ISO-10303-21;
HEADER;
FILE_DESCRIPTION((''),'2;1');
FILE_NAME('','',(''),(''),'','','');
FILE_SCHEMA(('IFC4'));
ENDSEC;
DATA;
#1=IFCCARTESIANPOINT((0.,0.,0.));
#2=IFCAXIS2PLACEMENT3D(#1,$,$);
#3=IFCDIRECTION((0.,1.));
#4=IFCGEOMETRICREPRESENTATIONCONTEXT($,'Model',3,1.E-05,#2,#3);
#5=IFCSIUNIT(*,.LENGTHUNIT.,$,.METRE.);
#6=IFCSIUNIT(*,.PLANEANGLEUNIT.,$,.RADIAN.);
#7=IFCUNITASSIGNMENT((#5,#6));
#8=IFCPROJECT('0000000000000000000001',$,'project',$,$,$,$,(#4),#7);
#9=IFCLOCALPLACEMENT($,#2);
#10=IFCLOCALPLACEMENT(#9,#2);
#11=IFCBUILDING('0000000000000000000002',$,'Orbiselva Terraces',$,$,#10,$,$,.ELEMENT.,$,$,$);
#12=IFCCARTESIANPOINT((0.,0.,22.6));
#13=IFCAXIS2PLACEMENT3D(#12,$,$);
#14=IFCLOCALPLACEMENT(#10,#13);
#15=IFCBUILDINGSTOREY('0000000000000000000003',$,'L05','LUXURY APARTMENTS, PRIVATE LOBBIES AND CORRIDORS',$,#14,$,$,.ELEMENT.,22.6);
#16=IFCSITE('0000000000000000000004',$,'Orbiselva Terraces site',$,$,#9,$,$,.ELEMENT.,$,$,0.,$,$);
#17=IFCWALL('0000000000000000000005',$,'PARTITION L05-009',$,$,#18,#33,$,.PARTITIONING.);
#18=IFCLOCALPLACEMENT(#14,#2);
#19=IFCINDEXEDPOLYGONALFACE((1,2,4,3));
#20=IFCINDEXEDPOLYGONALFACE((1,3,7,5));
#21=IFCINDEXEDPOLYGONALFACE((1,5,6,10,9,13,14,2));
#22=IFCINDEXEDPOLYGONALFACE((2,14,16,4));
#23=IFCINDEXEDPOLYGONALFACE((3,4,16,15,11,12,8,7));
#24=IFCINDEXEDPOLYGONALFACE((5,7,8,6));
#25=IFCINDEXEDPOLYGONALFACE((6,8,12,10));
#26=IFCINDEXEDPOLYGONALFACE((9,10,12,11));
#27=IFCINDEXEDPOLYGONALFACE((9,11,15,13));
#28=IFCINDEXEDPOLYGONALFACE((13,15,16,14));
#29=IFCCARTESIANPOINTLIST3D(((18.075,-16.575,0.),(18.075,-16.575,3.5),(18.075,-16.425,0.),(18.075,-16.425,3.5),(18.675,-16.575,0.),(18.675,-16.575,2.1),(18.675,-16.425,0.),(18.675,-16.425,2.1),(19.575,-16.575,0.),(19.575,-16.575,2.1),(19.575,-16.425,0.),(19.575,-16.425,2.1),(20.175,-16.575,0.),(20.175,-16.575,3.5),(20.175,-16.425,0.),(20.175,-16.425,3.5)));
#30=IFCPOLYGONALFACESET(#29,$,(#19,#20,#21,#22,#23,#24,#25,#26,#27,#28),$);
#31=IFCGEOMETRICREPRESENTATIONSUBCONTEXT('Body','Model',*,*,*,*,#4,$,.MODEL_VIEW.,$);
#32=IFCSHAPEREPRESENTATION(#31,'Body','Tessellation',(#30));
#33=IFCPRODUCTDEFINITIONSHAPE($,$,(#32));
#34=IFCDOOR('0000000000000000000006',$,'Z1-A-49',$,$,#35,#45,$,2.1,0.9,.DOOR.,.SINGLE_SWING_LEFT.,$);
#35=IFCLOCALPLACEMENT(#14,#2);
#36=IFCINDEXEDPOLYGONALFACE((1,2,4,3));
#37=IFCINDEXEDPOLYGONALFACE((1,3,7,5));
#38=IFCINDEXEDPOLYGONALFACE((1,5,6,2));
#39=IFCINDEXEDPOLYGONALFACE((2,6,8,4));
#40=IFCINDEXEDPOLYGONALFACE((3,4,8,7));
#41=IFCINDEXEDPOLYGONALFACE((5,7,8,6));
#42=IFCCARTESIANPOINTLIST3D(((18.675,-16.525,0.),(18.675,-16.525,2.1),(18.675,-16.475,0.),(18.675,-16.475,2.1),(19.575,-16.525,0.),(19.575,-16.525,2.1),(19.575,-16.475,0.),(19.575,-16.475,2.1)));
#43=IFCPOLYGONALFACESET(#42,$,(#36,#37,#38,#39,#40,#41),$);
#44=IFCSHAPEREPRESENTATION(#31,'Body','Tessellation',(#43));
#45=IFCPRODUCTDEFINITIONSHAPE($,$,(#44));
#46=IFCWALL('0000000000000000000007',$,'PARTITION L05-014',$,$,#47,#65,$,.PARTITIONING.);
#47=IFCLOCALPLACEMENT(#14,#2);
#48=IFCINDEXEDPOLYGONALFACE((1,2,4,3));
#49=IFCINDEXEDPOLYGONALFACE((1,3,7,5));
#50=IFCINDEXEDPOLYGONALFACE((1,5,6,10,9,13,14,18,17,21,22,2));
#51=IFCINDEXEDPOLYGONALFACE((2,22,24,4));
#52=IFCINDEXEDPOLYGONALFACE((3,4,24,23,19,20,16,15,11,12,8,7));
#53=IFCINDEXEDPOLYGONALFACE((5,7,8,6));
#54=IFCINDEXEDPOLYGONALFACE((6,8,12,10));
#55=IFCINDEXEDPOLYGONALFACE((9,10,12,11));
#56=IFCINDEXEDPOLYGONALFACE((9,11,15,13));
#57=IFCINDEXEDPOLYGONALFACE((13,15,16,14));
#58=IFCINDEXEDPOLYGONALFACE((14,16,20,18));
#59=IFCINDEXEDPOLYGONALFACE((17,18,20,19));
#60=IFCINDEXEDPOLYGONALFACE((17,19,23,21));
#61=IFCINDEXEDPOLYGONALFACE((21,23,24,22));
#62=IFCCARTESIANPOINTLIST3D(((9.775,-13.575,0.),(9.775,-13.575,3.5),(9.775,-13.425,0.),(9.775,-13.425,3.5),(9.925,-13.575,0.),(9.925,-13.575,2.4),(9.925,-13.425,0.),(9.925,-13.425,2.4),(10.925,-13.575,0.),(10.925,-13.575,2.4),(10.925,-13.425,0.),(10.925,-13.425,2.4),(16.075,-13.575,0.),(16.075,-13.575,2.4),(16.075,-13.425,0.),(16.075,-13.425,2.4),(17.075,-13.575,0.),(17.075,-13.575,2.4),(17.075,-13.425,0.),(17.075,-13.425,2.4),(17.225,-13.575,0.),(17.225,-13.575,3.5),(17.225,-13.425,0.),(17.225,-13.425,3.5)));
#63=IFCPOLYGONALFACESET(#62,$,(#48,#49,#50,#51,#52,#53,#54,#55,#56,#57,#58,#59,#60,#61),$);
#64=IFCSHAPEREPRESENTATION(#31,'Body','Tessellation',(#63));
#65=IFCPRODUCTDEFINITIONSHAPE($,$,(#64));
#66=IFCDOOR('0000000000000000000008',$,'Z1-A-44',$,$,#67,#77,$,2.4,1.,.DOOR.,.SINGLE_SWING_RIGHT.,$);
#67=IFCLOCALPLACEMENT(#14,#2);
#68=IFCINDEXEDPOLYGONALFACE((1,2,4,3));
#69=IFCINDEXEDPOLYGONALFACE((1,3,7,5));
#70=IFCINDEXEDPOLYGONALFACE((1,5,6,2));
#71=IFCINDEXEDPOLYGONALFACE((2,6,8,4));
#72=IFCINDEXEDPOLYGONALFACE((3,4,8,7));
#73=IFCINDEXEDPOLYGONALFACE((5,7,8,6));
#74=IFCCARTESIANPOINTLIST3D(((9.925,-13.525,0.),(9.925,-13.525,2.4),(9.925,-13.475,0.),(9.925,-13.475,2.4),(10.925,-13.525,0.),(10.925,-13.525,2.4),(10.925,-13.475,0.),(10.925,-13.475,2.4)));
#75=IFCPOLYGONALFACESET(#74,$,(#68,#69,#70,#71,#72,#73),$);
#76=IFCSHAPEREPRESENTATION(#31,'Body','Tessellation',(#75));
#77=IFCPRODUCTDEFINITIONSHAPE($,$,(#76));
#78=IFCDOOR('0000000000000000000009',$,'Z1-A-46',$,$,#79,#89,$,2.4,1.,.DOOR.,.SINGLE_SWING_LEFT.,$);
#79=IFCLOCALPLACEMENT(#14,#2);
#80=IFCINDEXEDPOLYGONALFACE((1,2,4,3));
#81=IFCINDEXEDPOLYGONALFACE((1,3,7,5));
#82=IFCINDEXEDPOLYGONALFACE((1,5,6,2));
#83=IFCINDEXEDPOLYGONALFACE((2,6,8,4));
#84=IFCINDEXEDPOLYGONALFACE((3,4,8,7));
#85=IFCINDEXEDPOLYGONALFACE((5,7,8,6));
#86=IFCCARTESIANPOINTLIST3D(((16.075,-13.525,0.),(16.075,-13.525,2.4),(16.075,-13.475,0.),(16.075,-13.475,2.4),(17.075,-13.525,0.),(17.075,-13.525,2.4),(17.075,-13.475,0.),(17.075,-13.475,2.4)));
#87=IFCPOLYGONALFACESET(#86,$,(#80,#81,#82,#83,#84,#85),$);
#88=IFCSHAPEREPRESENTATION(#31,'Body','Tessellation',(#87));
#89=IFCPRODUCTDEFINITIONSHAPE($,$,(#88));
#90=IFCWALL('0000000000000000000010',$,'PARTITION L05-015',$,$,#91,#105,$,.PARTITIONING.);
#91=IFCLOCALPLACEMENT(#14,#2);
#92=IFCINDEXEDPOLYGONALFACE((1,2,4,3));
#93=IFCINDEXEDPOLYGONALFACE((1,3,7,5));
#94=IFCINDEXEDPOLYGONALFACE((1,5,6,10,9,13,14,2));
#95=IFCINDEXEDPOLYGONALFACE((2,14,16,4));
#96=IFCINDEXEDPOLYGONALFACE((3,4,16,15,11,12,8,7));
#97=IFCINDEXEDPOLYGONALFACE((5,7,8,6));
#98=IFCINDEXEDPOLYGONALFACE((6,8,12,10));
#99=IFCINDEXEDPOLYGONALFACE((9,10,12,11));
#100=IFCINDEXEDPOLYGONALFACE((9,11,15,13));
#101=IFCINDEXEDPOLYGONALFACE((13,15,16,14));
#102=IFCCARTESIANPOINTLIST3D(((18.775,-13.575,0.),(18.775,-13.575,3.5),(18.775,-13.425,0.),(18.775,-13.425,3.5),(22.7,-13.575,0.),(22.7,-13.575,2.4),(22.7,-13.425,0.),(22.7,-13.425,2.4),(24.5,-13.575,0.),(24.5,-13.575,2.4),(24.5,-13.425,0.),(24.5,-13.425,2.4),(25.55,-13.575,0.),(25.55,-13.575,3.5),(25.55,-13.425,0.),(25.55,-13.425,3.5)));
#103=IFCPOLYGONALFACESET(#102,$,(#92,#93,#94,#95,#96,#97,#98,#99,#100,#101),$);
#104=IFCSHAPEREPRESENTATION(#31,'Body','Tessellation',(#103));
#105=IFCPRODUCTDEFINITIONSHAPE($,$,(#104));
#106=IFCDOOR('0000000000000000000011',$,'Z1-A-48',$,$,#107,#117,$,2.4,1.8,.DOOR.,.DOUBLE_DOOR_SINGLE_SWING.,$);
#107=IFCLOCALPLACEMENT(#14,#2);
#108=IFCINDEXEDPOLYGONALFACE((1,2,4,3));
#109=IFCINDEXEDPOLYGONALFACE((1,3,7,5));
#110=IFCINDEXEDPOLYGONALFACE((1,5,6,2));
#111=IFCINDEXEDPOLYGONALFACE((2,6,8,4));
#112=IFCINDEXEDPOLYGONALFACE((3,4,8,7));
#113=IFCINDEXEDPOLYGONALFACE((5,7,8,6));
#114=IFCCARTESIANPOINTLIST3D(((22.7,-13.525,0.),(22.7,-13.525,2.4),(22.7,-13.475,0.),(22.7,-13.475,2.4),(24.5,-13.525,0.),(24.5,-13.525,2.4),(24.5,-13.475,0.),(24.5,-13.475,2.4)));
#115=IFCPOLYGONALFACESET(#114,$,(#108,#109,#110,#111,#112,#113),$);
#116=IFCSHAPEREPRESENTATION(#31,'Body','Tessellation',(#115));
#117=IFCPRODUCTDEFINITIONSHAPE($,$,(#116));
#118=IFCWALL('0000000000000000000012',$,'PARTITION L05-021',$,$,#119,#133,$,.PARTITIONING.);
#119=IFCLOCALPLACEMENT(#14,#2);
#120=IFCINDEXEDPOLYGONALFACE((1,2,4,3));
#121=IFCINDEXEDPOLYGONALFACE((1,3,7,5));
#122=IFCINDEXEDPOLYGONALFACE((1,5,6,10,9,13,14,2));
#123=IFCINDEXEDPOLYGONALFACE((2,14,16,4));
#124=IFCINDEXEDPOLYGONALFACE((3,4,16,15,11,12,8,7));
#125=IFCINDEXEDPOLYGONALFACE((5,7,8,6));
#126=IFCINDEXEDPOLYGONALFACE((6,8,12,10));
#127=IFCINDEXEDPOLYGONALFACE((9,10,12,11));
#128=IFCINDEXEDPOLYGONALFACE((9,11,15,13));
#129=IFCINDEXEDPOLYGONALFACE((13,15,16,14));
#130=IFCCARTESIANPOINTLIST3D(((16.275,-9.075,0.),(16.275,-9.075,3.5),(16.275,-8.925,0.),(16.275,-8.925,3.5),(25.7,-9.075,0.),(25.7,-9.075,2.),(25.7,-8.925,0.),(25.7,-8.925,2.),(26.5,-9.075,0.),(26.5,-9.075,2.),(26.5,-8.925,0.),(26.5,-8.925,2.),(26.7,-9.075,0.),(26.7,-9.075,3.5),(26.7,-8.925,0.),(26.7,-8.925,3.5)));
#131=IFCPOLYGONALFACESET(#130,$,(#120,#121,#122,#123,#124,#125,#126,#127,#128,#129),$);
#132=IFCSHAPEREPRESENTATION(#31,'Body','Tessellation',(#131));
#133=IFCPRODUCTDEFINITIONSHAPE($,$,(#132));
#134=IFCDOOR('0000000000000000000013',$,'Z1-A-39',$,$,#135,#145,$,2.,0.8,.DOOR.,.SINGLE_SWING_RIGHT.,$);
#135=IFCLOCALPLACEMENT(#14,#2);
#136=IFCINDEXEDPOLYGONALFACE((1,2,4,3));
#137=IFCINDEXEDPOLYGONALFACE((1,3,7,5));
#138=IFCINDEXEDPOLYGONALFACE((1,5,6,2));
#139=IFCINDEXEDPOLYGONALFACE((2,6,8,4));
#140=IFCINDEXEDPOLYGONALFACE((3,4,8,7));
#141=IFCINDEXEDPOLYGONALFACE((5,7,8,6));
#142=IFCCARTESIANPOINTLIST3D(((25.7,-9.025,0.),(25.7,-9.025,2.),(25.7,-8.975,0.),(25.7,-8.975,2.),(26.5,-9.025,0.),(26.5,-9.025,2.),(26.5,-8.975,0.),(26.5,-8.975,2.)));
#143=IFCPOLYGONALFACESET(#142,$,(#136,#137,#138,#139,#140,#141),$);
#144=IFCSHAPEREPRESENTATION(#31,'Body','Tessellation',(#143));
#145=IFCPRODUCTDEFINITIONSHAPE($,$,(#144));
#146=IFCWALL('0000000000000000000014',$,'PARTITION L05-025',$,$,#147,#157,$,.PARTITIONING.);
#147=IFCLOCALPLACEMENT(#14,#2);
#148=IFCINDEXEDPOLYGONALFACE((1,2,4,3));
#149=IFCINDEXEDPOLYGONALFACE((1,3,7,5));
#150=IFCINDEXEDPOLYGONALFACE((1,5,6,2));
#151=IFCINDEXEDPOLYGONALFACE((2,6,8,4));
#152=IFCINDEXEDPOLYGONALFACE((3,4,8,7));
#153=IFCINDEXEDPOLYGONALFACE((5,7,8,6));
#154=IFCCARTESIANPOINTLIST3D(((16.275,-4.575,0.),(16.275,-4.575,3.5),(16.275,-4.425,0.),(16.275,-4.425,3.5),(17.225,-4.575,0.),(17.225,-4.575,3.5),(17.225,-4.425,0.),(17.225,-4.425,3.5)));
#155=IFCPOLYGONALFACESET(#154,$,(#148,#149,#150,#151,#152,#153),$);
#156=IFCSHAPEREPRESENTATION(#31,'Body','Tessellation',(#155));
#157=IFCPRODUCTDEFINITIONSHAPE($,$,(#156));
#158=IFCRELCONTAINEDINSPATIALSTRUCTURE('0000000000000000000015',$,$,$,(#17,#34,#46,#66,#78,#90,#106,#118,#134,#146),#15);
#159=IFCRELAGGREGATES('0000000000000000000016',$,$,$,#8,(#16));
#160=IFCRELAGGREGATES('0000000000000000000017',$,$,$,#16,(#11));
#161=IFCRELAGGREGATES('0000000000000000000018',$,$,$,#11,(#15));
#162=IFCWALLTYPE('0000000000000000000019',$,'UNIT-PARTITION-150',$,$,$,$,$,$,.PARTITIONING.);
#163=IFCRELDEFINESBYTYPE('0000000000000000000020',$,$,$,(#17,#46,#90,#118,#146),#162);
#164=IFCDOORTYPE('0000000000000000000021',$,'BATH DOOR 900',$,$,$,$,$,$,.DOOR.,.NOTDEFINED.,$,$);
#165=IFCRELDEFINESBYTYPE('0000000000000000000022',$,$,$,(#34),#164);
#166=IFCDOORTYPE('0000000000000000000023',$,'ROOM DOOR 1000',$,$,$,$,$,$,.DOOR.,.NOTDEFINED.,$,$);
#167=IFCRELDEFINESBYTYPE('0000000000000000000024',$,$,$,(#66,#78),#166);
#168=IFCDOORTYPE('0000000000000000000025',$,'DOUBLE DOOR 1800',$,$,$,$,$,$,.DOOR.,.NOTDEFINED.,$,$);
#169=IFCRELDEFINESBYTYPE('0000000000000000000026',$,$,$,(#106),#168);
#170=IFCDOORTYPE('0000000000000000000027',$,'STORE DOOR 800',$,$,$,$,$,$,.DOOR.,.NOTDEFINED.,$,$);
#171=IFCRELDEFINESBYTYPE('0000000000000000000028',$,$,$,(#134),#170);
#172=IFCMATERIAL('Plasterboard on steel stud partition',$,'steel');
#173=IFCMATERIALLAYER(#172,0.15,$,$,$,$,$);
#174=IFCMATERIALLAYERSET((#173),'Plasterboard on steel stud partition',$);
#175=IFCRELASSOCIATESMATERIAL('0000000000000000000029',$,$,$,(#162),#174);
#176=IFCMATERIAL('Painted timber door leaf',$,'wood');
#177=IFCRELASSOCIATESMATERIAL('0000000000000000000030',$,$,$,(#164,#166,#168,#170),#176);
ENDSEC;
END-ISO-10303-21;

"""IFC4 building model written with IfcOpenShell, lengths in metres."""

from ifc_helpers import new_model, si_unit, direction, frame, frame_2d, origin, place, context, subcontext, project, spatial, rectangle, extrude, material, layer, layer_set, type_object, element, fill, save


model = new_model("IFC4")

# Units and contexts
model_context = context("Model", 3, precision=1e-05, world=origin(), true_north=direction((0.0, 1.0)))
body_context = subcontext(model_context, "Body", "Model", "MODEL_VIEW")
ifc_project = project(units=[si_unit("LENGTHUNIT", "METRE"), si_unit("PLANEANGLEUNIT", "RADIAN")], contexts=[model_context])

# Site, building, storey
site_placement = place(None, origin())
site = spatial("IfcSite", under=ifc_project, at=site_placement, Name="Orbiselva Terraces site", CompositionType="ELEMENT", RefElevation=0.0)
building_placement = place(site_placement, origin())
building = spatial("IfcBuilding", under=site, at=building_placement, Name="Orbiselva Terraces", CompositionType="ELEMENT")
storey_placement = place(building_placement, frame((0.0, 0.0, 22.6)))
storey = spatial("IfcBuildingStorey", under=building, at=storey_placement, Name="L05", Description="LUXURY APARTMENTS, PRIVATE LOBBIES AND CORRIDORS", CompositionType="ELEMENT", Elevation=22.6)

# Shared definitions
ifc_material_1 = material(Name="Plasterboard on steel stud partition", Category="steel")

# Wall, opening, door
ifc_layer_1 = layer(ifc_material_1, 0.15)
ifc_layer_set_1 = layer_set([ifc_layer_1], Name="Plasterboard on steel stud partition")
wall_type_1 = type_object("IfcWallType", Name="UNIT-PARTITION-150", PredefinedType="PARTITIONING", material=ifc_layer_set_1)
wall_1_placement = place(storey_placement, frame((18.075, -16.5, 0.0), z_axis=(0.0, 0.0, 1.0), x_axis=(1.0, 0.0, 0.0)))
wall_1 = element("IfcWall", 1, at=wall_1_placement, inside=storey, type_object=wall_type_1, Name="PARTITION L05-009", PredefinedType="PARTITIONING", context=body_context, shape_type="SweptSolid", body=[
    extrude(rectangle(XDim=2.1, YDim=0.15, at=frame_2d((1.05, 0.0))), origin(), (0.0, 0.0, 1.0), 3.5),
])
opening_1_placement = place(wall_1_placement, frame((0.6, 0.0, 0.0)))
opening_1 = element("IfcOpeningElement", 2, at=opening_1_placement, cuts=wall_1, PredefinedType="OPENING", context=body_context, shape_type="SweptSolid", body=[
    extrude(rectangle(XDim=0.9, YDim=2.1, at=frame_2d((0.45, 1.05))), frame((0.0, 0.085, 0.0), z_axis=(0.0, -1.0, 0.0), x_axis=(1.0, 0.0, 0.0)), (0.0, 0.0, 1.0), 0.17),
])
ifc_material_2 = material(Name="Painted timber door leaf", Category="wood")
door_type_1 = type_object("IfcDoorType", Name="BATH DOOR 900", OperationType="NOTDEFINED", PredefinedType="DOOR", material=ifc_material_2)
door_1_placement = place(opening_1_placement, origin())
door_1 = element("IfcDoor", 3, at=door_1_placement, inside=storey, type_object=door_type_1, Name="Z1-A-49", OperationType="SINGLE_SWING_LEFT", OverallHeight=2.1, OverallWidth=0.9, PredefinedType="DOOR", context=body_context, shape_type="SweptSolid", body=[
    extrude(rectangle(XDim=0.9, YDim=2.1, at=frame_2d((0.45, 1.05))), frame((0.0, 0.025, 0.0), z_axis=(0.0, -1.0, 0.0), x_axis=(1.0, 0.0, 0.0)), (0.0, 0.0, 1.0), 0.05),
])
fill(opening_1, door_1)

# Wall, openings, doors
wall_2_placement = place(storey_placement, frame((17.225, -13.5, 0.0), z_axis=(0.0, 0.0, 1.0), x_axis=(-1.0, 0.0, 0.0)))
wall_2 = element("IfcWall", 4, at=wall_2_placement, inside=storey, type_object=wall_type_1, Name="PARTITION L05-014", PredefinedType="PARTITIONING", context=body_context, shape_type="SweptSolid", body=[
    extrude(rectangle(XDim=7.45, YDim=0.15, at=frame_2d((3.725, 0.0))), origin(), (0.0, 0.0, 1.0), 3.5),
])
opening_2_placement = place(wall_2_placement, frame((6.3, 0.0, 0.0)))
opening_2 = element("IfcOpeningElement", 5, at=opening_2_placement, cuts=wall_2, PredefinedType="OPENING", context=body_context, shape_type="SweptSolid", body=[
    extrude(rectangle(XDim=1.0, YDim=2.4, at=frame_2d((0.5, 1.2))), frame((0.0, 0.085, 0.0), z_axis=(0.0, -1.0, 0.0), x_axis=(1.0, 0.0, 0.0)), (0.0, 0.0, 1.0), 0.17),
])
opening_3_placement = place(wall_2_placement, frame((0.15, 0.0, 0.0)))
opening_3 = element("IfcOpeningElement", 6, at=opening_3_placement, cuts=wall_2, PredefinedType="OPENING", context=body_context, shape_type="SweptSolid", body=[
    extrude(rectangle(XDim=1.0, YDim=2.4, at=frame_2d((0.5, 1.2))), frame((0.0, 0.085, 0.0), z_axis=(0.0, -1.0, 0.0), x_axis=(1.0, 0.0, 0.0)), (0.0, 0.0, 1.0), 0.17),
])
door_type_2 = type_object("IfcDoorType", Name="ROOM DOOR 1000", OperationType="NOTDEFINED", PredefinedType="DOOR", material=ifc_material_2)
door_2_placement = place(opening_2_placement, origin())
door_2 = element("IfcDoor", 7, at=door_2_placement, inside=storey, type_object=door_type_2, Name="Z1-A-44", OperationType="SINGLE_SWING_RIGHT", OverallHeight=2.4, OverallWidth=1.0, PredefinedType="DOOR", context=body_context, shape_type="SweptSolid", body=[
    extrude(rectangle(XDim=1.0, YDim=2.4, at=frame_2d((0.5, 1.2))), frame((0.0, 0.025, 0.0), z_axis=(0.0, -1.0, 0.0), x_axis=(1.0, 0.0, 0.0)), (0.0, 0.0, 1.0), 0.05),
])
fill(opening_2, door_2)
door_3_placement = place(opening_3_placement, origin())
door_3 = element("IfcDoor", 8, at=door_3_placement, inside=storey, type_object=door_type_2, Name="Z1-A-46", OperationType="SINGLE_SWING_LEFT", OverallHeight=2.4, OverallWidth=1.0, PredefinedType="DOOR", context=body_context, shape_type="SweptSolid", body=[
    extrude(rectangle(XDim=1.0, YDim=2.4, at=frame_2d((0.5, 1.2))), frame((0.0, 0.025, 0.0), z_axis=(0.0, -1.0, 0.0), x_axis=(1.0, 0.0, 0.0)), (0.0, 0.0, 1.0), 0.05),
])
fill(opening_3, door_3)

# Walls, openings, doors
wall_3_placement = place(storey_placement, frame((25.55, -13.5, 0.0), z_axis=(0.0, 0.0, 1.0), x_axis=(-1.0, 0.0, 0.0)))
wall_3 = element("IfcWall", 9, at=wall_3_placement, inside=storey, type_object=wall_type_1, Name="PARTITION L05-015", PredefinedType="PARTITIONING", context=body_context, shape_type="SweptSolid", body=[
    extrude(rectangle(XDim=6.775, YDim=0.15, at=frame_2d((3.3875, 0.0))), origin(), (0.0, 0.0, 1.0), 3.5),
])
opening_4_placement = place(wall_3_placement, frame((1.05, 0.0, 0.0)))
opening_4 = element("IfcOpeningElement", 10, at=opening_4_placement, cuts=wall_3, PredefinedType="OPENING", context=body_context, shape_type="SweptSolid", body=[
    extrude(rectangle(XDim=1.8, YDim=2.4, at=frame_2d((0.9, 1.2))), frame((0.0, 0.085, 0.0), z_axis=(0.0, -1.0, 0.0), x_axis=(1.0, 0.0, 0.0)), (0.0, 0.0, 1.0), 0.17),
])
door_type_3 = type_object("IfcDoorType", Name="DOUBLE DOOR 1800", OperationType="NOTDEFINED", PredefinedType="DOOR", material=ifc_material_2)
door_4_placement = place(opening_4_placement, origin())
door_4 = element("IfcDoor", 11, at=door_4_placement, inside=storey, type_object=door_type_3, Name="Z1-A-48", OperationType="DOUBLE_DOOR_SINGLE_SWING", OverallHeight=2.4, OverallWidth=1.8, PredefinedType="DOOR", context=body_context, shape_type="SweptSolid", body=[
    extrude(rectangle(XDim=1.8, YDim=2.4, at=frame_2d((0.9, 1.2))), frame((0.0, 0.025, 0.0), z_axis=(0.0, -1.0, 0.0), x_axis=(1.0, 0.0, 0.0)), (0.0, 0.0, 1.0), 0.05),
])
fill(opening_4, door_4)
wall_4_placement = place(storey_placement, frame((16.275, -9.0, 0.0), z_axis=(0.0, 0.0, 1.0), x_axis=(1.0, 0.0, 0.0)))
wall_4 = element("IfcWall", 12, at=wall_4_placement, inside=storey, type_object=wall_type_1, Name="PARTITION L05-021", PredefinedType="PARTITIONING", context=body_context, shape_type="SweptSolid", body=[
    extrude(rectangle(XDim=10.425, YDim=0.15, at=frame_2d((5.2125, 0.0))), origin(), (0.0, 0.0, 1.0), 3.5),
])
opening_5_placement = place(wall_4_placement, frame((9.425, 0.0, 0.0)))
opening_5 = element("IfcOpeningElement", 13, at=opening_5_placement, cuts=wall_4, PredefinedType="OPENING", context=body_context, shape_type="SweptSolid", body=[
    extrude(rectangle(XDim=0.8, YDim=2.0, at=frame_2d((0.4, 1.0))), frame((0.0, 0.085, 0.0), z_axis=(0.0, -1.0, 0.0), x_axis=(1.0, 0.0, 0.0)), (0.0, 0.0, 1.0), 0.17),
])
door_type_4 = type_object("IfcDoorType", Name="STORE DOOR 800", OperationType="NOTDEFINED", PredefinedType="DOOR", material=ifc_material_2)
door_5_placement = place(opening_5_placement, origin())
door_5 = element("IfcDoor", 14, at=door_5_placement, inside=storey, type_object=door_type_4, Name="Z1-A-39", OperationType="SINGLE_SWING_RIGHT", OverallHeight=2.0, OverallWidth=0.8, PredefinedType="DOOR", context=body_context, shape_type="SweptSolid", body=[
    extrude(rectangle(XDim=0.8, YDim=2.0, at=frame_2d((0.4, 1.0))), frame((0.0, 0.025, 0.0), z_axis=(0.0, -1.0, 0.0), x_axis=(1.0, 0.0, 0.0)), (0.0, 0.0, 1.0), 0.05),
])
fill(opening_5, door_5)

# Wall
wall_5_placement = place(storey_placement, frame((16.275, -4.5, 0.0), z_axis=(0.0, 0.0, 1.0), x_axis=(1.0, 0.0, 0.0)))
element("IfcWall", 15, at=wall_5_placement, inside=storey, type_object=wall_type_1, Name="PARTITION L05-025", PredefinedType="PARTITIONING", context=body_context, shape_type="SweptSolid", body=[
    extrude(rectangle(XDim=0.95, YDim=0.15, at=frame_2d((0.475, 0.0))), origin(), (0.0, 0.0, 1.0), 3.5),
])

save(model, "model.ifc")
